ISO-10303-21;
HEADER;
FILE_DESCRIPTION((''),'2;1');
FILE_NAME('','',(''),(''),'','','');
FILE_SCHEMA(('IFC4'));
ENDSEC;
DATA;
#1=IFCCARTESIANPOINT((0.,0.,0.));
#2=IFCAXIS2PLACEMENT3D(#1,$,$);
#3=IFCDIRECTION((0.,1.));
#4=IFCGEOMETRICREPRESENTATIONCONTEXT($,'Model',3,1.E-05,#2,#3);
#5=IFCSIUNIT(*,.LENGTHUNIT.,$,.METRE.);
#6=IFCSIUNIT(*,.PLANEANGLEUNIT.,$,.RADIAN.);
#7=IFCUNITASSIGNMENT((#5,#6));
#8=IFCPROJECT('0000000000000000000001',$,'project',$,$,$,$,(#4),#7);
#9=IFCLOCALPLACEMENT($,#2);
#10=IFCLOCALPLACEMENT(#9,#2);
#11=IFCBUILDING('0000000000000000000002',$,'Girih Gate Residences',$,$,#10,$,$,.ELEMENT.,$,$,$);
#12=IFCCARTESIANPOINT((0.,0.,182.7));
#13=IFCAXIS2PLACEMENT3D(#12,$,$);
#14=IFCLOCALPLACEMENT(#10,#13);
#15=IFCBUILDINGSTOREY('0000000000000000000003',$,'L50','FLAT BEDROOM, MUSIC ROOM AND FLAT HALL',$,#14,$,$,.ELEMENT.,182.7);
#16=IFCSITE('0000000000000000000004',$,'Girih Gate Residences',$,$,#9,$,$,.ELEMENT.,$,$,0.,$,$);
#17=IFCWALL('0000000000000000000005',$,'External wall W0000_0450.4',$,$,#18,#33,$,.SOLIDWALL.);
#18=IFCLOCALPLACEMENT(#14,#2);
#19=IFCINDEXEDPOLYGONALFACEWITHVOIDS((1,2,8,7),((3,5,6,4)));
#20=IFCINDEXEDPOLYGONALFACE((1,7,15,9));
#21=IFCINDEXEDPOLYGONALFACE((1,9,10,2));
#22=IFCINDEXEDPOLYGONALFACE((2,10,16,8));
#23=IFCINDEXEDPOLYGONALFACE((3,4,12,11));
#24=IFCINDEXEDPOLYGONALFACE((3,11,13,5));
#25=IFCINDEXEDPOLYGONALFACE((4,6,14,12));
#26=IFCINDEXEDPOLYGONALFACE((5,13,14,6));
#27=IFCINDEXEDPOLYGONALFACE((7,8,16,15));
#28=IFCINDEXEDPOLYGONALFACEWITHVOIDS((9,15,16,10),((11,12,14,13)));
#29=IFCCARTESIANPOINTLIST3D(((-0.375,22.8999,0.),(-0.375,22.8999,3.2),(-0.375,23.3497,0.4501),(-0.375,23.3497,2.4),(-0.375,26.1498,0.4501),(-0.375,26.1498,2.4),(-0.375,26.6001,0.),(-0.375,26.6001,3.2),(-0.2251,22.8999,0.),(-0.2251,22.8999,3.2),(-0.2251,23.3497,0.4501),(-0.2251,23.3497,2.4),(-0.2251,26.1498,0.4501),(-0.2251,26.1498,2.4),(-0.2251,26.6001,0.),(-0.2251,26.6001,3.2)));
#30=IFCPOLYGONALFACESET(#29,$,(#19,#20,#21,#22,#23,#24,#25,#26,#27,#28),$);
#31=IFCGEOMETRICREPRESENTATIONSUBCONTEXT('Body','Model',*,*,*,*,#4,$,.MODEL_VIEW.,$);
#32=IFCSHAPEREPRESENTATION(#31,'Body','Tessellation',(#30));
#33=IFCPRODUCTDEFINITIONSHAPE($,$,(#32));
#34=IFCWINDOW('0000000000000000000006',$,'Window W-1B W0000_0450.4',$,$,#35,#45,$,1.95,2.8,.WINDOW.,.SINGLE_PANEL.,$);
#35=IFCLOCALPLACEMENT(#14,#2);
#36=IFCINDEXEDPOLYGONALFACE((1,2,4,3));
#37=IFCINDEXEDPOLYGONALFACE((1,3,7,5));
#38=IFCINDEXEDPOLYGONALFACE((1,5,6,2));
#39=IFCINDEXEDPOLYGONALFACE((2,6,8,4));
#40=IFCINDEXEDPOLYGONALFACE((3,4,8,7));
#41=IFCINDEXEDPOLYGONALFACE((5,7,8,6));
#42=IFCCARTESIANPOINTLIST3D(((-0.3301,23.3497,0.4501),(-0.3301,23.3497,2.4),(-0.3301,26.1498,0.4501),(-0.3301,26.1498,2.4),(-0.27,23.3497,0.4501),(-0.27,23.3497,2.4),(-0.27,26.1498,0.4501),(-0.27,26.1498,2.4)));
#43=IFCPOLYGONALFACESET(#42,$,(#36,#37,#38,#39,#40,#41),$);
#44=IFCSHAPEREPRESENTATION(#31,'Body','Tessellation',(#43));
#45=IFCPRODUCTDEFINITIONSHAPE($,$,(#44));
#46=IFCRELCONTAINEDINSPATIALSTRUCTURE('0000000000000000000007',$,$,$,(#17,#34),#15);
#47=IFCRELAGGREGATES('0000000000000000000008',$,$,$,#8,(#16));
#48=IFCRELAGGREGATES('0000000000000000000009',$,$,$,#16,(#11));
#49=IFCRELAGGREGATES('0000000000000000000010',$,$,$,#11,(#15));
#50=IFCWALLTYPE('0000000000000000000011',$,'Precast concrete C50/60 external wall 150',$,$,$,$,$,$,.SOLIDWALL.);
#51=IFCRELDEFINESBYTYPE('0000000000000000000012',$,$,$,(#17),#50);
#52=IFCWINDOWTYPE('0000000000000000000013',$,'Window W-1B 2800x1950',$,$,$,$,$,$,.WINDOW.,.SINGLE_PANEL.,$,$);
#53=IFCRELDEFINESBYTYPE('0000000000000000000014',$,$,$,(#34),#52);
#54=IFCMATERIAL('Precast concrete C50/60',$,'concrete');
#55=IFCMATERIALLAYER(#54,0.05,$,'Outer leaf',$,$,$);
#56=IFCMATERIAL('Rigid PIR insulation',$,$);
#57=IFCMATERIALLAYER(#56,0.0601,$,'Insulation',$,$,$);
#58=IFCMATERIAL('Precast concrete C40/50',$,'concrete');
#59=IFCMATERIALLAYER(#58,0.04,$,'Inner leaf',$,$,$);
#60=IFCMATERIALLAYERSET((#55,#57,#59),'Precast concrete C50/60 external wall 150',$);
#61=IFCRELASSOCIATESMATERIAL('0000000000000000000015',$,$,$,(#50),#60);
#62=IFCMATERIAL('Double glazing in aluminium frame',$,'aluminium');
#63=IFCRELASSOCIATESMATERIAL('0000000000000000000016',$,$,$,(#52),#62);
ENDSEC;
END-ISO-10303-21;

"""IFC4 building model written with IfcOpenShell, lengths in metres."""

from ifc_helpers import new_model, si_unit, direction, frame, frame_2d, origin, place, context, subcontext, project, spatial, rectangle, extrude, material, layer, layer_set, type_object, element, fill, save


model = new_model("IFC4")

# Units and contexts
model_context = context("Model", 3, precision=1e-05, world=origin(), true_north=direction((0.0, 1.0)))
body_context = subcontext(model_context, "Body", "Model", "MODEL_VIEW")
ifc_project = project(units=[si_unit("LENGTHUNIT", "METRE"), si_unit("PLANEANGLEUNIT", "RADIAN")], contexts=[model_context])

# Site, building, storey
site_placement = place(None, origin())
site = spatial("IfcSite", under=ifc_project, at=site_placement, Name="Girih Gate Residences", CompositionType="ELEMENT", RefElevation=0.0)
building_placement = place(site_placement, origin())
building = spatial("IfcBuilding", under=site, at=building_placement, Name="Girih Gate Residences", CompositionType="ELEMENT")
storey_placement = place(building_placement, frame((0.0, 0.0, 182.7)))
storey = spatial("IfcBuildingStorey", under=building, at=storey_placement, Name="L50", Description="FLAT BEDROOM, MUSIC ROOM AND FLAT HALL", CompositionType="ELEMENT", Elevation=182.7)

# Wall, opening, window
ifc_material_1 = material(Name="Precast concrete C50/60", Category="concrete")
ifc_layer_1 = layer(ifc_material_1, 0.05, Name="Outer leaf")
ifc_material_2 = material(Name="Rigid PIR insulation")
ifc_layer_2 = layer(ifc_material_2, 0.0601, Name="Insulation")
ifc_material_3 = material(Name="Precast concrete C40/50", Category="concrete")
ifc_layer_3 = layer(ifc_material_3, 0.04, Name="Inner leaf")
ifc_layer_set_1 = layer_set([ifc_layer_1, ifc_layer_2, ifc_layer_3], Name="Precast concrete C50/60 external wall 150")
wall_type_1 = type_object("IfcWallType", Name="Precast concrete C50/60 external wall 150", PredefinedType="SOLIDWALL", material=ifc_layer_set_1)
wall_1_placement = place(storey_placement, frame((-0.3, 22.8999, 0.0), z_axis=(0.0, 0.0, 1.0), x_axis=(0.0, 1.0, 0.0)))
wall_1 = element("IfcWall", 1, at=wall_1_placement, inside=storey, type_object=wall_type_1, Name="External wall W0000_0450.4", PredefinedType="SOLIDWALL", context=body_context, shape_type="SweptSolid", body=[
    extrude(rectangle(XDim=3.7002, YDim=0.1499, at=frame_2d((1.8501, 0.0))), origin(), (0.0, 0.0, 1.0), 3.2),
])
opening_1_placement = place(wall_1_placement, frame((0.45, 0.0, 0.45)))
opening_1 = element("IfcOpeningElement", 2, at=opening_1_placement, cuts=wall_1, PredefinedType="OPENING", context=body_context, shape_type="SweptSolid", body=[
    extrude(rectangle(XDim=2.8, YDim=1.95, at=frame_2d((1.3999, 0.9751))), frame((0.0, 0.085, 0.0), z_axis=(0.0, -1.0, 0.0), x_axis=(1.0, 0.0, 0.0)), (0.0, 0.0, 1.0), 0.1699),
])
ifc_material_4 = material(Name="Double glazing in aluminium frame", Category="aluminium")
window_type = type_object("IfcWindowType", Name="Window W-1B 2800x1950", PartitioningType="SINGLE_PANEL", PredefinedType="WINDOW", material=ifc_material_4)
window_placement = place(opening_1_placement, origin())
window = element("IfcWindow", 3, at=window_placement, inside=storey, type_object=window_type, Name="Window W-1B W0000_0450.4", OverallHeight=1.95, OverallWidth=2.8, PartitioningType="SINGLE_PANEL", PredefinedType="WINDOW", context=body_context, shape_type="SweptSolid", body=[
    extrude(rectangle(XDim=2.8, YDim=1.95, at=frame_2d((1.3999, 0.9751))), frame((0.0, 0.03, 0.0), z_axis=(0.0, -1.0, 0.0), x_axis=(1.0, 0.0, 0.0)), (0.0, 0.0, 1.0), 0.0601),
])
fill(opening_1, window)

save(model, "model.ifc")
